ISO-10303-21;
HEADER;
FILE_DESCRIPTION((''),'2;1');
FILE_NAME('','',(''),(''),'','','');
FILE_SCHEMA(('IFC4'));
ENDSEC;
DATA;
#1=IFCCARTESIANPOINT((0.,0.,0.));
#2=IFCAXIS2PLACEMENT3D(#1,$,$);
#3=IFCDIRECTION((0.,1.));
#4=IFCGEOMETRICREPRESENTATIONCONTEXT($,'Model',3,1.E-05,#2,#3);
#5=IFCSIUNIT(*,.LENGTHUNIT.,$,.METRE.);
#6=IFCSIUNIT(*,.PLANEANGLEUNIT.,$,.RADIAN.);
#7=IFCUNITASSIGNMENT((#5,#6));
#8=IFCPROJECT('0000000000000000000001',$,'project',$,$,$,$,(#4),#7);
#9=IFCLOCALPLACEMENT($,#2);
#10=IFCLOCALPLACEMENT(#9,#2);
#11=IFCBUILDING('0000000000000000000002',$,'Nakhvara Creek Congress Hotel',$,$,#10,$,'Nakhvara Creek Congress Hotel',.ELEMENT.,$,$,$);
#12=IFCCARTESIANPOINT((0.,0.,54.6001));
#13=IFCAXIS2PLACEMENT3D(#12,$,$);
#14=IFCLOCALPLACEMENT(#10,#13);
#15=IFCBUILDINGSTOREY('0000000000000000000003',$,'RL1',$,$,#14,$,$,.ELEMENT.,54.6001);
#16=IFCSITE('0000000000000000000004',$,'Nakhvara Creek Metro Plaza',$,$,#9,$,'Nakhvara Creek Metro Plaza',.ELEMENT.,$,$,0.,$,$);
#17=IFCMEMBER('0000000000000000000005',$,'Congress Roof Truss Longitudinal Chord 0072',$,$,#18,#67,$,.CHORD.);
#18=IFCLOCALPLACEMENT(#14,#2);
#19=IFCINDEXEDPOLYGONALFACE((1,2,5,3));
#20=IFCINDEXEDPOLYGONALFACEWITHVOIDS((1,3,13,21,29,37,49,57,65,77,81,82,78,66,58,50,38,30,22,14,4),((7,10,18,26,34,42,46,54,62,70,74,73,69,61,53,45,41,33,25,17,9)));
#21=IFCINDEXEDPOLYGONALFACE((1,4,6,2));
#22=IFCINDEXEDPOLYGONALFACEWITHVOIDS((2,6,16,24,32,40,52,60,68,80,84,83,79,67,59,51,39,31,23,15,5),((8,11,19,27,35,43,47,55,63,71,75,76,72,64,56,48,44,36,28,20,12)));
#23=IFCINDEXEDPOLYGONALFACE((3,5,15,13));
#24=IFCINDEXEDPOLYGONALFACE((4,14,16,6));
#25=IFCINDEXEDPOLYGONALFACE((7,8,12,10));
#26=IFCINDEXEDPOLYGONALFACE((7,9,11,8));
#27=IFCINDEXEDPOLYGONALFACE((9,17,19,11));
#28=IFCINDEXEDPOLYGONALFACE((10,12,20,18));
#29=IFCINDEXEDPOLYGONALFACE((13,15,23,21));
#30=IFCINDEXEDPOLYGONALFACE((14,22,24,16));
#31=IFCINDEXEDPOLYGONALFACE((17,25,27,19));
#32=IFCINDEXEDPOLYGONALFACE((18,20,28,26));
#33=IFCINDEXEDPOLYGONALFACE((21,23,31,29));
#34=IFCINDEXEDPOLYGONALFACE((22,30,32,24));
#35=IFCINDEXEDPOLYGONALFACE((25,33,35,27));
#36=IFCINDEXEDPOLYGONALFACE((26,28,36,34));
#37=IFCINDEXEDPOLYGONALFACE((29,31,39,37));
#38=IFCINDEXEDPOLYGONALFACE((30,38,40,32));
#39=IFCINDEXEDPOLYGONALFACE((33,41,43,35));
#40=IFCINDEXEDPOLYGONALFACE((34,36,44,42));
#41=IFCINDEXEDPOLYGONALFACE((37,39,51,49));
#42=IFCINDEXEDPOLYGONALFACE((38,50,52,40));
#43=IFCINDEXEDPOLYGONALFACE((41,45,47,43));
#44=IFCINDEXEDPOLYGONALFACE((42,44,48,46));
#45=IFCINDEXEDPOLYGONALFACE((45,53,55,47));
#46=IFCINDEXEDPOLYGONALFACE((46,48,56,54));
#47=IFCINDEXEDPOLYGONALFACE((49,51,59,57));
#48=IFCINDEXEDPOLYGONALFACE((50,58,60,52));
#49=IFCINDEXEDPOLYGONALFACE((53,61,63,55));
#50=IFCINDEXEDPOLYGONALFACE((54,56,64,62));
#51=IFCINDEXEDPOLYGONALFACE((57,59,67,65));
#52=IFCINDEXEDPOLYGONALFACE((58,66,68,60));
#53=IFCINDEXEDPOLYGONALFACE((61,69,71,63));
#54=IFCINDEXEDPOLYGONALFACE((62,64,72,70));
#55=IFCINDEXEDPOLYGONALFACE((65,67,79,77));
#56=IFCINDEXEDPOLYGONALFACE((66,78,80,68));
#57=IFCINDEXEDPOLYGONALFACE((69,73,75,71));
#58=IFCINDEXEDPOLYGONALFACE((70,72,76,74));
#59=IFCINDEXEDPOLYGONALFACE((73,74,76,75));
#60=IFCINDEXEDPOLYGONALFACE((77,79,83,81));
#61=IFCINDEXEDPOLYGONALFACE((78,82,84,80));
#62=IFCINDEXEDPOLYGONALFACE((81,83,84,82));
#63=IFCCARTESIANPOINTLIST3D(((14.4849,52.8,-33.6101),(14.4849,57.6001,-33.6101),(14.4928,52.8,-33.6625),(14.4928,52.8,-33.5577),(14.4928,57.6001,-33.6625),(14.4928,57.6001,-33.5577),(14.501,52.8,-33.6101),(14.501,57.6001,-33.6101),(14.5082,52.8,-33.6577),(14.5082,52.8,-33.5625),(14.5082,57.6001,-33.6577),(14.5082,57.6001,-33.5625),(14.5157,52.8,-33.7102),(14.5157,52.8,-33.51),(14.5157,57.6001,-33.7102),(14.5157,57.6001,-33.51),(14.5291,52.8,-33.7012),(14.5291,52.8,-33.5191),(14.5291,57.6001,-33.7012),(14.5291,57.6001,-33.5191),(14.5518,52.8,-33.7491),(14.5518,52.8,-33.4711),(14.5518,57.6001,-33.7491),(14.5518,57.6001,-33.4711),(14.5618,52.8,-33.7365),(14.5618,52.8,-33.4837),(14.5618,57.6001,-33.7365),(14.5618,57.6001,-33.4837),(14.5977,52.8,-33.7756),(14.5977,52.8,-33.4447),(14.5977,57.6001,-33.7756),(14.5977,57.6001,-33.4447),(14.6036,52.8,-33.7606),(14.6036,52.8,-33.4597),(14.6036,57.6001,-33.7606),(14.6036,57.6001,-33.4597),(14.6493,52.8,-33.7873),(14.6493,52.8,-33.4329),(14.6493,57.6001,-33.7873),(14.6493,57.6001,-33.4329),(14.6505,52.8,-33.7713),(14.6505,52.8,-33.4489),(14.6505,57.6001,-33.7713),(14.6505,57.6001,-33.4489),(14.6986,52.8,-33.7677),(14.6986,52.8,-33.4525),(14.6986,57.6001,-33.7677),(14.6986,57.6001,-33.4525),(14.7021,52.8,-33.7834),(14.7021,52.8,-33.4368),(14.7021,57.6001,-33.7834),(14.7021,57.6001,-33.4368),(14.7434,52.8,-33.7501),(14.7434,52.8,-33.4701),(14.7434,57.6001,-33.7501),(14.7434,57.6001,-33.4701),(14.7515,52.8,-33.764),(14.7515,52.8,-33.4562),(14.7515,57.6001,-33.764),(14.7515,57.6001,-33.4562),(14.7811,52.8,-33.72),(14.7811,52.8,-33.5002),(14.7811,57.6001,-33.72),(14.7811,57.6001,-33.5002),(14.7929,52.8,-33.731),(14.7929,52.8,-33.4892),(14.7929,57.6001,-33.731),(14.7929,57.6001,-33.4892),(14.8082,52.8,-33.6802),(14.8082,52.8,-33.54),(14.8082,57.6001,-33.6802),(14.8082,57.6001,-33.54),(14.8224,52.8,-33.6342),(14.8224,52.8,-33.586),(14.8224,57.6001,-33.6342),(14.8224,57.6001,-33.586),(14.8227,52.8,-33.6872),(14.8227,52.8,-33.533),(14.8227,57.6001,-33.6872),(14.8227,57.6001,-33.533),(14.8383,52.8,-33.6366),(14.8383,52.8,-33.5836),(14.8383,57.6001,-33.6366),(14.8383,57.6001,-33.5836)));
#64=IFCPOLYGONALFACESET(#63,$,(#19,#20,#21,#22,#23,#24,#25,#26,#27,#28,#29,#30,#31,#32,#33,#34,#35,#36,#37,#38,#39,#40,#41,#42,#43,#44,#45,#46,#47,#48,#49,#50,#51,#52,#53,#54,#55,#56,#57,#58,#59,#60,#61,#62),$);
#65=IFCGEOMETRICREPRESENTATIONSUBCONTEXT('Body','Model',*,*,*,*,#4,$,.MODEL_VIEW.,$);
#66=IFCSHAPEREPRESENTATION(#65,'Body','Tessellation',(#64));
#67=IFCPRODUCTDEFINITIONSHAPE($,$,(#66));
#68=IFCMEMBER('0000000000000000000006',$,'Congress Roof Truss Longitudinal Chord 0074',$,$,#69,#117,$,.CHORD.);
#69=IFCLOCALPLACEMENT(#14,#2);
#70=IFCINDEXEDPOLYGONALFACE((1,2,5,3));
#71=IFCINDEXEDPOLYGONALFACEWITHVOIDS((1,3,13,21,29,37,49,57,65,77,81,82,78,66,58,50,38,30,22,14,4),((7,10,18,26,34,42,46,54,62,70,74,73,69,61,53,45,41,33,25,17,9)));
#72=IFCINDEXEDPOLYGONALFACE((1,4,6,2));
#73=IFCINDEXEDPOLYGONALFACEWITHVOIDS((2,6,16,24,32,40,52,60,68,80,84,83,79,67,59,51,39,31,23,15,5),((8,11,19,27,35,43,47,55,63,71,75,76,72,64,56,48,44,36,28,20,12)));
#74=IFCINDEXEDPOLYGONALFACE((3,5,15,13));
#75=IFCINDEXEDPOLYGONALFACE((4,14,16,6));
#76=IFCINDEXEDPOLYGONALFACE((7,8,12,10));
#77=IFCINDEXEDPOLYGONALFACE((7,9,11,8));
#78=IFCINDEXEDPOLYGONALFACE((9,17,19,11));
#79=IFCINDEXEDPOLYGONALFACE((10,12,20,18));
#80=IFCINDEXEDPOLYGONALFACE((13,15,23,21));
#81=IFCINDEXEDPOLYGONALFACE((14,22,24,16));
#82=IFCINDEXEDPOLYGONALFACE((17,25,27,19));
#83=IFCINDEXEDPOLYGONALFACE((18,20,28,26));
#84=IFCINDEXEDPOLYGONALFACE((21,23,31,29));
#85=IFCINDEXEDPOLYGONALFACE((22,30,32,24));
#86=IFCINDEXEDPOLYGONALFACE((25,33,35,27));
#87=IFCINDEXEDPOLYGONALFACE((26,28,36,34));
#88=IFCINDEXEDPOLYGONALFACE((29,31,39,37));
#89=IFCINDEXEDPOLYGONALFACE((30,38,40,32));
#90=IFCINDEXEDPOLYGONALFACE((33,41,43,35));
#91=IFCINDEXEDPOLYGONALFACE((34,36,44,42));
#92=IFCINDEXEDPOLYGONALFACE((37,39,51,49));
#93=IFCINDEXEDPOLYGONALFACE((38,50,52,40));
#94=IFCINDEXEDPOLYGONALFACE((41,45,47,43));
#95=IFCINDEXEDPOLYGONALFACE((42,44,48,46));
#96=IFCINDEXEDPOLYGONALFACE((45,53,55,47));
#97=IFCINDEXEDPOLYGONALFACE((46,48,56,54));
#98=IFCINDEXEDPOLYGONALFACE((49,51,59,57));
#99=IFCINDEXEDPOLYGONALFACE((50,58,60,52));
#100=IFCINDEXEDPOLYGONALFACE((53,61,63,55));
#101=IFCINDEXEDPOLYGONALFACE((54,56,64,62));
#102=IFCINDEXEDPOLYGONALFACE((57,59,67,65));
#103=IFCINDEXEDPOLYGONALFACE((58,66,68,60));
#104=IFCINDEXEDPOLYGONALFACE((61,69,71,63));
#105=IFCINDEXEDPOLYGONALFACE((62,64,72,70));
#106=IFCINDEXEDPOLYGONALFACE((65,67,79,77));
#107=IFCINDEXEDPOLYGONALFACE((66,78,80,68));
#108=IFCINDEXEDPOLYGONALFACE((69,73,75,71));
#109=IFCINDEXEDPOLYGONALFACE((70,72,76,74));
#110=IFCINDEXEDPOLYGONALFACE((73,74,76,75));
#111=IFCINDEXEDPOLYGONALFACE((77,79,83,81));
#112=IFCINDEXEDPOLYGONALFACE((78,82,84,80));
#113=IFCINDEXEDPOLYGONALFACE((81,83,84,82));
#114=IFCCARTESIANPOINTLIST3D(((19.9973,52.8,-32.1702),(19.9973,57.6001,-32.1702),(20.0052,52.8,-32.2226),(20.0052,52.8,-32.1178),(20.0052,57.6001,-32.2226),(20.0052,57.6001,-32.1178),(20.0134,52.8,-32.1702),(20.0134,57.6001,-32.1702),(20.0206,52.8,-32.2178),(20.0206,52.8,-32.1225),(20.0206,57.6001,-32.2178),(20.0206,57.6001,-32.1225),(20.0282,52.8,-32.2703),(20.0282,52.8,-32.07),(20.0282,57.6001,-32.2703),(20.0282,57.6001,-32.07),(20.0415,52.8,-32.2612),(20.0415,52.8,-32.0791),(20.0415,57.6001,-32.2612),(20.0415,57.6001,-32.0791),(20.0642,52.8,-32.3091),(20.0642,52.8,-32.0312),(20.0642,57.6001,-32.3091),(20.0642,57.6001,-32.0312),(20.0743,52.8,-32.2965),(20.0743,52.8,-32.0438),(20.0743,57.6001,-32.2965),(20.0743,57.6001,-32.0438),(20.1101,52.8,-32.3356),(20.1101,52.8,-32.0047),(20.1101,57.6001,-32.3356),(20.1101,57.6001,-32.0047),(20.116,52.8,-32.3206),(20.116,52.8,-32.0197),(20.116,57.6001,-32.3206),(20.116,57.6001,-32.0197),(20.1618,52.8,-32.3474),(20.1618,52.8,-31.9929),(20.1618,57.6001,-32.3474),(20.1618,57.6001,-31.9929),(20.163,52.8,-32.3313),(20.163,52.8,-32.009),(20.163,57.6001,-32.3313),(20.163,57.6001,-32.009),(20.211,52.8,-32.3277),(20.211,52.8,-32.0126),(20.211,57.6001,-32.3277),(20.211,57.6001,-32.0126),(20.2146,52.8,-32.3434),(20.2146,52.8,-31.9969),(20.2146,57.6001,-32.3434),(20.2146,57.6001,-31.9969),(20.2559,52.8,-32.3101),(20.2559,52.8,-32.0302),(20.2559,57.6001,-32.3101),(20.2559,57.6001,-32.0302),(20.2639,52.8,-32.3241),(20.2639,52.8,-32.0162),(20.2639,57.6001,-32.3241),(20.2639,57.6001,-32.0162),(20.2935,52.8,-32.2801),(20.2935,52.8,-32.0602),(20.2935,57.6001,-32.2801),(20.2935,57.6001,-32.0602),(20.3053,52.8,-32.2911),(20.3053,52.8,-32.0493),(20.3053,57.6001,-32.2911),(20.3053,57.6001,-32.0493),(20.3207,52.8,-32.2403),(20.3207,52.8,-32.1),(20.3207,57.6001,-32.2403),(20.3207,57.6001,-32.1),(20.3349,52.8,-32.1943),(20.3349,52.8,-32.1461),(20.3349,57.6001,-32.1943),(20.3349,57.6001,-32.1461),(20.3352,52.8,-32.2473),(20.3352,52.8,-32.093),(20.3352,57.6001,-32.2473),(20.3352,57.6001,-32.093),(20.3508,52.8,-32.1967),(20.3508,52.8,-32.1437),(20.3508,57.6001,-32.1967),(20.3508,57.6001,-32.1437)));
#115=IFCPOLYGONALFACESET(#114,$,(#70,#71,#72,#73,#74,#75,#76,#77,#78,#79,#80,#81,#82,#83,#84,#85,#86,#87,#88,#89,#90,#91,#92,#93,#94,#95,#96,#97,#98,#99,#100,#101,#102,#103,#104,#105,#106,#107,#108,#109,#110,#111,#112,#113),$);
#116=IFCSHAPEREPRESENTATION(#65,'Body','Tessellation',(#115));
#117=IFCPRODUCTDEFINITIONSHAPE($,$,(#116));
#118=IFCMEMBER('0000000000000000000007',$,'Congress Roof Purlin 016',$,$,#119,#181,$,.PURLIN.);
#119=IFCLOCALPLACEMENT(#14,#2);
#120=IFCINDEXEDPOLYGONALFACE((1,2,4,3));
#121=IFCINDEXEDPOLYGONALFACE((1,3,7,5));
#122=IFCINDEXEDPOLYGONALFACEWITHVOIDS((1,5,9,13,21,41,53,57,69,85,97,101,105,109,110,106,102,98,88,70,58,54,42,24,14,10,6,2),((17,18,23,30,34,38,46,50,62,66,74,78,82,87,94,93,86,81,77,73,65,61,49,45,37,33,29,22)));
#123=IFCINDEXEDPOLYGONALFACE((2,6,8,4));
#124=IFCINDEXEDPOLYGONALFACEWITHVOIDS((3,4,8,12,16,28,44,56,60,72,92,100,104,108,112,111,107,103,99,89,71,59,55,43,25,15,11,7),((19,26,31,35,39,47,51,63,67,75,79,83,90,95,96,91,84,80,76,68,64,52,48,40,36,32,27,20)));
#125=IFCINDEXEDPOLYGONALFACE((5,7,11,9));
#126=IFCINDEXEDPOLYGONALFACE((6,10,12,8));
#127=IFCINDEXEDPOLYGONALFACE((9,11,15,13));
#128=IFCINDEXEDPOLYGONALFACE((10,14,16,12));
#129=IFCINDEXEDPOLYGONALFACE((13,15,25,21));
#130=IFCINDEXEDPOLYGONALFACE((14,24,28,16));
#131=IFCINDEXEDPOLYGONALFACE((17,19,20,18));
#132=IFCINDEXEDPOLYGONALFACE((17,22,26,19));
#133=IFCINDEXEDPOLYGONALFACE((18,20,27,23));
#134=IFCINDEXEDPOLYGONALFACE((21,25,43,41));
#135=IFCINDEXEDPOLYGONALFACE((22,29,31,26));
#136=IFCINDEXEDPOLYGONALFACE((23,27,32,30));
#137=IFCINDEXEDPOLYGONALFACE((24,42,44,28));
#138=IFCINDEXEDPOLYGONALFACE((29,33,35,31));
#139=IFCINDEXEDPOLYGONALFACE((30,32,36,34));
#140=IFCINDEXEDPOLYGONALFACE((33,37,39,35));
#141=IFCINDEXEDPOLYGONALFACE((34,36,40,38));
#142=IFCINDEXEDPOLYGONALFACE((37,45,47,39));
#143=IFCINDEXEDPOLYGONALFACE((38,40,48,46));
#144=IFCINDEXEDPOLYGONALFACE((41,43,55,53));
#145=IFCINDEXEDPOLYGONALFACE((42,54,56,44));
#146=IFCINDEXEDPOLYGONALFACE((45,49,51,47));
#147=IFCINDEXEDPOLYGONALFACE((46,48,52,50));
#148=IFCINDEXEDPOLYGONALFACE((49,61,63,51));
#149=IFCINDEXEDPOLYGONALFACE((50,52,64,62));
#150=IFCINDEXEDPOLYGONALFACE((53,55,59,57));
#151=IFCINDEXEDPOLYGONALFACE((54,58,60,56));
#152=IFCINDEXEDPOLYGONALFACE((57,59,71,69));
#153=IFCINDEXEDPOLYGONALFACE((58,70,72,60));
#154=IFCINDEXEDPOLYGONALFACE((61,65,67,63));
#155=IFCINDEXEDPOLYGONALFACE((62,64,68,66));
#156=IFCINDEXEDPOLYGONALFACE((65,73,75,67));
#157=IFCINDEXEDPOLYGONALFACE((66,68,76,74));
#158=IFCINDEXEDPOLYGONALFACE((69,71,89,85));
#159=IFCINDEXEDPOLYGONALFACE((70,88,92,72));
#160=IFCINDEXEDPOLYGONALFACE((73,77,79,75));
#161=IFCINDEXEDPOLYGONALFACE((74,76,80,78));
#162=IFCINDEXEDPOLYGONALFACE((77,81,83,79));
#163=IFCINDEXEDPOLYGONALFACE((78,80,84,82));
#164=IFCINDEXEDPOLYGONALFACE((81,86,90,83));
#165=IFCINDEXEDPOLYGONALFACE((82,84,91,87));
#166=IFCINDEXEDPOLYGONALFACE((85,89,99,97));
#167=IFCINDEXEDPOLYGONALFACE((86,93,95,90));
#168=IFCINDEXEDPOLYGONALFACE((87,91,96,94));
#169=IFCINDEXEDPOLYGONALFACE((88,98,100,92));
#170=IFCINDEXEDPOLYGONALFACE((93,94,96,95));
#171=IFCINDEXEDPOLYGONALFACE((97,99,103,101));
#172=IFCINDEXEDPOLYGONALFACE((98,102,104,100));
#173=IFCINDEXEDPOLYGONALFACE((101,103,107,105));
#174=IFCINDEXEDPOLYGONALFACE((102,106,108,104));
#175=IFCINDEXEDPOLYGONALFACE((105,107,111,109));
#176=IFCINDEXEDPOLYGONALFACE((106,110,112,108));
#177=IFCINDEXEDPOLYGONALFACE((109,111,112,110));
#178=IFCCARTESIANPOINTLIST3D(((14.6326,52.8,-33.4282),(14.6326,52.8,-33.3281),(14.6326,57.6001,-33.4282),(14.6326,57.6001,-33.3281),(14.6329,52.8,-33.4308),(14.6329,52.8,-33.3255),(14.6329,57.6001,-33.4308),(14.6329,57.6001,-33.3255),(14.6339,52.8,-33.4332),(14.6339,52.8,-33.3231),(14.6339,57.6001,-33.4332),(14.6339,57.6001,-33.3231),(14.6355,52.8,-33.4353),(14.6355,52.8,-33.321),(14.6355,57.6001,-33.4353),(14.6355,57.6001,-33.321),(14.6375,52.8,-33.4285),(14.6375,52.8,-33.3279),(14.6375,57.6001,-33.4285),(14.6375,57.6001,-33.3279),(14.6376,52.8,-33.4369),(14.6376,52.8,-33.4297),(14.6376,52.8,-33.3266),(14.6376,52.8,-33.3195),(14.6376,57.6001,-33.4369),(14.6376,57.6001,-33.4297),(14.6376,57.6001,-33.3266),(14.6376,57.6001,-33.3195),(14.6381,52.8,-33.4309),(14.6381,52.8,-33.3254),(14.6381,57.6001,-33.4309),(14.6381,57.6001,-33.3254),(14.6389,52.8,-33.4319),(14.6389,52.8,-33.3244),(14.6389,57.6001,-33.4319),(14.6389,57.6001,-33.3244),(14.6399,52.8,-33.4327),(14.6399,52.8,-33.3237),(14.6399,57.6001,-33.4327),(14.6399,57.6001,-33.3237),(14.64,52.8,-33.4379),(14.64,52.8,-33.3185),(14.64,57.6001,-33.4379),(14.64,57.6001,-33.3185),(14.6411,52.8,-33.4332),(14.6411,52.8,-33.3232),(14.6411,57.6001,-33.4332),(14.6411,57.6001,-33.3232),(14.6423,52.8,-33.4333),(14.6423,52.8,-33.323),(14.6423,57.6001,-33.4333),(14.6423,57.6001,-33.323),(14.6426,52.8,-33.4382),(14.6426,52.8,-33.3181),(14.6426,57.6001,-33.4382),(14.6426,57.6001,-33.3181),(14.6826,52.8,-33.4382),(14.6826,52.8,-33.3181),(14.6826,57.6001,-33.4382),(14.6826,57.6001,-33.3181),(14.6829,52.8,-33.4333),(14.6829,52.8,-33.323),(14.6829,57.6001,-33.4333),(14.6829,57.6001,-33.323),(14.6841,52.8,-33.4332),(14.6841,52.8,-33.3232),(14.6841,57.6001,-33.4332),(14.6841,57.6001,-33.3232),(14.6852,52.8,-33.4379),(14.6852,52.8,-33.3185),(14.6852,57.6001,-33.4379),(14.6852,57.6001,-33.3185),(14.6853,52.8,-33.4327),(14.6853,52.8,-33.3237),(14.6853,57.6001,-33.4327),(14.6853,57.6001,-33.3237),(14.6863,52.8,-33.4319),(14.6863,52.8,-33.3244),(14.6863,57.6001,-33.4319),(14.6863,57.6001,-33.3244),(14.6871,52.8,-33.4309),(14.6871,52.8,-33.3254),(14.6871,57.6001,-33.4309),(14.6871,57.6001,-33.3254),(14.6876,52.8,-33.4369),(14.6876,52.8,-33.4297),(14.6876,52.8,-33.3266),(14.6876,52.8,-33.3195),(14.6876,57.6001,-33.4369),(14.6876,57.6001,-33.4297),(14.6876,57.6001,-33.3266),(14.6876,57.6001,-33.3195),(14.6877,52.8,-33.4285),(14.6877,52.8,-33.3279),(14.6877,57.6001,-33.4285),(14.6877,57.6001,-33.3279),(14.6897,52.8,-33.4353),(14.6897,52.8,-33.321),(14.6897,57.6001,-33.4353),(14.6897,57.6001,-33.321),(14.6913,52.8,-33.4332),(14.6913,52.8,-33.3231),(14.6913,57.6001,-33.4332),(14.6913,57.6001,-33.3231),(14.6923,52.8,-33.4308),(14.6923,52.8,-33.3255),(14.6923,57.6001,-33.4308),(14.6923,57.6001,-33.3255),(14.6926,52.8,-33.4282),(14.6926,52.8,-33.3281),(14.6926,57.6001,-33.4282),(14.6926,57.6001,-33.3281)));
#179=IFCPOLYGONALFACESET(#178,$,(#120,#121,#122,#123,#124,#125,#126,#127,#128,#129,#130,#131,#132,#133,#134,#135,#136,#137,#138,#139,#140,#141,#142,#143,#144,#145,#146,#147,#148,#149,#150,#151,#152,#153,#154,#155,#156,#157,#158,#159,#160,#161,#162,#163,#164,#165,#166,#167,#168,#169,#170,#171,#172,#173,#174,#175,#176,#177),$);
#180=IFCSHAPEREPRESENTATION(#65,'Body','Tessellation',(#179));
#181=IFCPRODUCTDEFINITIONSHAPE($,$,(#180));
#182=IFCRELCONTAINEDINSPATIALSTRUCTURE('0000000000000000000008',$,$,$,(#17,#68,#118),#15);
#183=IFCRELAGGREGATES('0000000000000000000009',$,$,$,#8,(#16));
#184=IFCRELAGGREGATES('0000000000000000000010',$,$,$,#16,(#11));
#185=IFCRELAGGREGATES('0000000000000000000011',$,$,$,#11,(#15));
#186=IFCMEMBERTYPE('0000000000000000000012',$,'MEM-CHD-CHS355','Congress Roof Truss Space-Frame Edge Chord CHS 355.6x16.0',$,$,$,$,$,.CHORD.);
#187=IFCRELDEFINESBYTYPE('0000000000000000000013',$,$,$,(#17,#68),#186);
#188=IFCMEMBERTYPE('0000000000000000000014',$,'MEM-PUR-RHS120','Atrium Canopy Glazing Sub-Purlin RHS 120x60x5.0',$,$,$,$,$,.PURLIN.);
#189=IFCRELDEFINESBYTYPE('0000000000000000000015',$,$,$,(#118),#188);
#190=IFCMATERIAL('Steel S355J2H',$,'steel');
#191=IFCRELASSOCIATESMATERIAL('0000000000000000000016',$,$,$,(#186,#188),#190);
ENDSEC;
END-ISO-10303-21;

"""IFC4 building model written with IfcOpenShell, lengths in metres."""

from ifc_helpers import new_model, si_unit, direction, frame, origin, origin_2d, place, context, subcontext, project, spatial, hollow_rectangle, hollow_circle, extrude, material, material_profile, profile_set, type_object, element, save


model = new_model("IFC4")

# Units and contexts
model_context = context("Model", 3, precision=1e-05, world=origin(), true_north=direction((0.0, 1.0)))
body_context = subcontext(model_context, "Body", "Model", "MODEL_VIEW")
ifc_project = project(units=[si_unit("LENGTHUNIT", "METRE"), si_unit("PLANEANGLEUNIT", "RADIAN")], contexts=[model_context])

# Site, building, storey
site_placement = place(None, origin())
site = spatial("IfcSite", under=ifc_project, at=site_placement, Name="Nakhvara Creek Metro Plaza", LongName="Nakhvara Creek Metro Plaza", CompositionType="ELEMENT", RefElevation=0.0)
building_placement = place(site_placement, origin())
building = spatial("IfcBuilding", under=site, at=building_placement, Name="Nakhvara Creek Congress Hotel", LongName="Nakhvara Creek Congress Hotel", CompositionType="ELEMENT")
storey_placement = place(building_placement, frame((0.0, 0.0, 54.6001)))
storey = spatial("IfcBuildingStorey", under=building, at=storey_placement, Name="RL1", CompositionType="ELEMENT", Elevation=54.6001)

# Members
ifc_material_1 = material(Name="Steel S355J2H", Category="steel")
ifc_material_profile_1 = material_profile(ifc_material_1, hollow_circle(Radius=0.1777, WallThickness=0.0161, at=origin_2d()), Name="CHS 355.6x16.0", Category="LoadBearing")
ifc_profile_set_1 = profile_set([ifc_material_profile_1], Name="Steel S355J2H")
member_type_1 = type_object("IfcMemberType", Name="MEM-CHD-CHS355", Description="Congress Roof Truss Space-Frame Edge Chord CHS 355.6x16.0", PredefinedType="CHORD", material=ifc_profile_set_1)
for number, where, z_axis, x_axis, name in (
    (1, (14.6626, 52.8, -33.6101), (0.0, 1.0, 0.0), (-1.0, 0.0, 0.0), "Congress Roof Truss Longitudinal Chord 0072"),
    (2, (20.175, 52.8, -32.1702), (0.0, 1.0, 0.0), (-1.0, 0.0, 0.0), "Congress Roof Truss Longitudinal Chord 0074"),
):
    element("IfcMember", number, at=place(storey_placement, frame(where, z_axis=z_axis, x_axis=x_axis)), inside=storey, type_object=member_type_1, Name=name, PredefinedType="CHORD", context=body_context, shape_type="SweptSolid", body=[
        extrude(hollow_circle(Radius=0.1777, WallThickness=0.0161, at=origin_2d()), origin(), (0.0, 0.0, 1.0), 4.8),
    ])
ifc_material_profile_2 = material_profile(ifc_material_1, hollow_rectangle(XDim=0.0601, YDim=0.1201, WallThickness=0.0049, InnerFilletRadius=0.0049, OuterFilletRadius=0.01, at=origin_2d()), Name="RHS 120x60x5.0", Category="LoadBearing")
ifc_profile_set_2 = profile_set([ifc_material_profile_2], Name="Steel S355J2H")
member_type_2 = type_object("IfcMemberType", Name="MEM-PUR-RHS120", Description="Atrium Canopy Glazing Sub-Purlin RHS 120x60x5.0", PredefinedType="PURLIN", material=ifc_profile_set_2)
member_1_placement = place(storey_placement, frame((14.6626, 52.8, -33.3782), z_axis=(0.0, 1.0, 0.0), x_axis=(-1.0, 0.0, 0.0)))
element("IfcMember", 3, at=member_1_placement, inside=storey, type_object=member_type_2, Name="Congress Roof Purlin 016", PredefinedType="PURLIN", context=body_context, shape_type="SweptSolid", body=[
    extrude(hollow_rectangle(XDim=0.0601, YDim=0.1201, WallThickness=0.0049, InnerFilletRadius=0.0049, OuterFilletRadius=0.01, at=origin_2d()), origin(), (0.0, 0.0, 1.0), 4.8),
])

save(model, "model.ifc")
